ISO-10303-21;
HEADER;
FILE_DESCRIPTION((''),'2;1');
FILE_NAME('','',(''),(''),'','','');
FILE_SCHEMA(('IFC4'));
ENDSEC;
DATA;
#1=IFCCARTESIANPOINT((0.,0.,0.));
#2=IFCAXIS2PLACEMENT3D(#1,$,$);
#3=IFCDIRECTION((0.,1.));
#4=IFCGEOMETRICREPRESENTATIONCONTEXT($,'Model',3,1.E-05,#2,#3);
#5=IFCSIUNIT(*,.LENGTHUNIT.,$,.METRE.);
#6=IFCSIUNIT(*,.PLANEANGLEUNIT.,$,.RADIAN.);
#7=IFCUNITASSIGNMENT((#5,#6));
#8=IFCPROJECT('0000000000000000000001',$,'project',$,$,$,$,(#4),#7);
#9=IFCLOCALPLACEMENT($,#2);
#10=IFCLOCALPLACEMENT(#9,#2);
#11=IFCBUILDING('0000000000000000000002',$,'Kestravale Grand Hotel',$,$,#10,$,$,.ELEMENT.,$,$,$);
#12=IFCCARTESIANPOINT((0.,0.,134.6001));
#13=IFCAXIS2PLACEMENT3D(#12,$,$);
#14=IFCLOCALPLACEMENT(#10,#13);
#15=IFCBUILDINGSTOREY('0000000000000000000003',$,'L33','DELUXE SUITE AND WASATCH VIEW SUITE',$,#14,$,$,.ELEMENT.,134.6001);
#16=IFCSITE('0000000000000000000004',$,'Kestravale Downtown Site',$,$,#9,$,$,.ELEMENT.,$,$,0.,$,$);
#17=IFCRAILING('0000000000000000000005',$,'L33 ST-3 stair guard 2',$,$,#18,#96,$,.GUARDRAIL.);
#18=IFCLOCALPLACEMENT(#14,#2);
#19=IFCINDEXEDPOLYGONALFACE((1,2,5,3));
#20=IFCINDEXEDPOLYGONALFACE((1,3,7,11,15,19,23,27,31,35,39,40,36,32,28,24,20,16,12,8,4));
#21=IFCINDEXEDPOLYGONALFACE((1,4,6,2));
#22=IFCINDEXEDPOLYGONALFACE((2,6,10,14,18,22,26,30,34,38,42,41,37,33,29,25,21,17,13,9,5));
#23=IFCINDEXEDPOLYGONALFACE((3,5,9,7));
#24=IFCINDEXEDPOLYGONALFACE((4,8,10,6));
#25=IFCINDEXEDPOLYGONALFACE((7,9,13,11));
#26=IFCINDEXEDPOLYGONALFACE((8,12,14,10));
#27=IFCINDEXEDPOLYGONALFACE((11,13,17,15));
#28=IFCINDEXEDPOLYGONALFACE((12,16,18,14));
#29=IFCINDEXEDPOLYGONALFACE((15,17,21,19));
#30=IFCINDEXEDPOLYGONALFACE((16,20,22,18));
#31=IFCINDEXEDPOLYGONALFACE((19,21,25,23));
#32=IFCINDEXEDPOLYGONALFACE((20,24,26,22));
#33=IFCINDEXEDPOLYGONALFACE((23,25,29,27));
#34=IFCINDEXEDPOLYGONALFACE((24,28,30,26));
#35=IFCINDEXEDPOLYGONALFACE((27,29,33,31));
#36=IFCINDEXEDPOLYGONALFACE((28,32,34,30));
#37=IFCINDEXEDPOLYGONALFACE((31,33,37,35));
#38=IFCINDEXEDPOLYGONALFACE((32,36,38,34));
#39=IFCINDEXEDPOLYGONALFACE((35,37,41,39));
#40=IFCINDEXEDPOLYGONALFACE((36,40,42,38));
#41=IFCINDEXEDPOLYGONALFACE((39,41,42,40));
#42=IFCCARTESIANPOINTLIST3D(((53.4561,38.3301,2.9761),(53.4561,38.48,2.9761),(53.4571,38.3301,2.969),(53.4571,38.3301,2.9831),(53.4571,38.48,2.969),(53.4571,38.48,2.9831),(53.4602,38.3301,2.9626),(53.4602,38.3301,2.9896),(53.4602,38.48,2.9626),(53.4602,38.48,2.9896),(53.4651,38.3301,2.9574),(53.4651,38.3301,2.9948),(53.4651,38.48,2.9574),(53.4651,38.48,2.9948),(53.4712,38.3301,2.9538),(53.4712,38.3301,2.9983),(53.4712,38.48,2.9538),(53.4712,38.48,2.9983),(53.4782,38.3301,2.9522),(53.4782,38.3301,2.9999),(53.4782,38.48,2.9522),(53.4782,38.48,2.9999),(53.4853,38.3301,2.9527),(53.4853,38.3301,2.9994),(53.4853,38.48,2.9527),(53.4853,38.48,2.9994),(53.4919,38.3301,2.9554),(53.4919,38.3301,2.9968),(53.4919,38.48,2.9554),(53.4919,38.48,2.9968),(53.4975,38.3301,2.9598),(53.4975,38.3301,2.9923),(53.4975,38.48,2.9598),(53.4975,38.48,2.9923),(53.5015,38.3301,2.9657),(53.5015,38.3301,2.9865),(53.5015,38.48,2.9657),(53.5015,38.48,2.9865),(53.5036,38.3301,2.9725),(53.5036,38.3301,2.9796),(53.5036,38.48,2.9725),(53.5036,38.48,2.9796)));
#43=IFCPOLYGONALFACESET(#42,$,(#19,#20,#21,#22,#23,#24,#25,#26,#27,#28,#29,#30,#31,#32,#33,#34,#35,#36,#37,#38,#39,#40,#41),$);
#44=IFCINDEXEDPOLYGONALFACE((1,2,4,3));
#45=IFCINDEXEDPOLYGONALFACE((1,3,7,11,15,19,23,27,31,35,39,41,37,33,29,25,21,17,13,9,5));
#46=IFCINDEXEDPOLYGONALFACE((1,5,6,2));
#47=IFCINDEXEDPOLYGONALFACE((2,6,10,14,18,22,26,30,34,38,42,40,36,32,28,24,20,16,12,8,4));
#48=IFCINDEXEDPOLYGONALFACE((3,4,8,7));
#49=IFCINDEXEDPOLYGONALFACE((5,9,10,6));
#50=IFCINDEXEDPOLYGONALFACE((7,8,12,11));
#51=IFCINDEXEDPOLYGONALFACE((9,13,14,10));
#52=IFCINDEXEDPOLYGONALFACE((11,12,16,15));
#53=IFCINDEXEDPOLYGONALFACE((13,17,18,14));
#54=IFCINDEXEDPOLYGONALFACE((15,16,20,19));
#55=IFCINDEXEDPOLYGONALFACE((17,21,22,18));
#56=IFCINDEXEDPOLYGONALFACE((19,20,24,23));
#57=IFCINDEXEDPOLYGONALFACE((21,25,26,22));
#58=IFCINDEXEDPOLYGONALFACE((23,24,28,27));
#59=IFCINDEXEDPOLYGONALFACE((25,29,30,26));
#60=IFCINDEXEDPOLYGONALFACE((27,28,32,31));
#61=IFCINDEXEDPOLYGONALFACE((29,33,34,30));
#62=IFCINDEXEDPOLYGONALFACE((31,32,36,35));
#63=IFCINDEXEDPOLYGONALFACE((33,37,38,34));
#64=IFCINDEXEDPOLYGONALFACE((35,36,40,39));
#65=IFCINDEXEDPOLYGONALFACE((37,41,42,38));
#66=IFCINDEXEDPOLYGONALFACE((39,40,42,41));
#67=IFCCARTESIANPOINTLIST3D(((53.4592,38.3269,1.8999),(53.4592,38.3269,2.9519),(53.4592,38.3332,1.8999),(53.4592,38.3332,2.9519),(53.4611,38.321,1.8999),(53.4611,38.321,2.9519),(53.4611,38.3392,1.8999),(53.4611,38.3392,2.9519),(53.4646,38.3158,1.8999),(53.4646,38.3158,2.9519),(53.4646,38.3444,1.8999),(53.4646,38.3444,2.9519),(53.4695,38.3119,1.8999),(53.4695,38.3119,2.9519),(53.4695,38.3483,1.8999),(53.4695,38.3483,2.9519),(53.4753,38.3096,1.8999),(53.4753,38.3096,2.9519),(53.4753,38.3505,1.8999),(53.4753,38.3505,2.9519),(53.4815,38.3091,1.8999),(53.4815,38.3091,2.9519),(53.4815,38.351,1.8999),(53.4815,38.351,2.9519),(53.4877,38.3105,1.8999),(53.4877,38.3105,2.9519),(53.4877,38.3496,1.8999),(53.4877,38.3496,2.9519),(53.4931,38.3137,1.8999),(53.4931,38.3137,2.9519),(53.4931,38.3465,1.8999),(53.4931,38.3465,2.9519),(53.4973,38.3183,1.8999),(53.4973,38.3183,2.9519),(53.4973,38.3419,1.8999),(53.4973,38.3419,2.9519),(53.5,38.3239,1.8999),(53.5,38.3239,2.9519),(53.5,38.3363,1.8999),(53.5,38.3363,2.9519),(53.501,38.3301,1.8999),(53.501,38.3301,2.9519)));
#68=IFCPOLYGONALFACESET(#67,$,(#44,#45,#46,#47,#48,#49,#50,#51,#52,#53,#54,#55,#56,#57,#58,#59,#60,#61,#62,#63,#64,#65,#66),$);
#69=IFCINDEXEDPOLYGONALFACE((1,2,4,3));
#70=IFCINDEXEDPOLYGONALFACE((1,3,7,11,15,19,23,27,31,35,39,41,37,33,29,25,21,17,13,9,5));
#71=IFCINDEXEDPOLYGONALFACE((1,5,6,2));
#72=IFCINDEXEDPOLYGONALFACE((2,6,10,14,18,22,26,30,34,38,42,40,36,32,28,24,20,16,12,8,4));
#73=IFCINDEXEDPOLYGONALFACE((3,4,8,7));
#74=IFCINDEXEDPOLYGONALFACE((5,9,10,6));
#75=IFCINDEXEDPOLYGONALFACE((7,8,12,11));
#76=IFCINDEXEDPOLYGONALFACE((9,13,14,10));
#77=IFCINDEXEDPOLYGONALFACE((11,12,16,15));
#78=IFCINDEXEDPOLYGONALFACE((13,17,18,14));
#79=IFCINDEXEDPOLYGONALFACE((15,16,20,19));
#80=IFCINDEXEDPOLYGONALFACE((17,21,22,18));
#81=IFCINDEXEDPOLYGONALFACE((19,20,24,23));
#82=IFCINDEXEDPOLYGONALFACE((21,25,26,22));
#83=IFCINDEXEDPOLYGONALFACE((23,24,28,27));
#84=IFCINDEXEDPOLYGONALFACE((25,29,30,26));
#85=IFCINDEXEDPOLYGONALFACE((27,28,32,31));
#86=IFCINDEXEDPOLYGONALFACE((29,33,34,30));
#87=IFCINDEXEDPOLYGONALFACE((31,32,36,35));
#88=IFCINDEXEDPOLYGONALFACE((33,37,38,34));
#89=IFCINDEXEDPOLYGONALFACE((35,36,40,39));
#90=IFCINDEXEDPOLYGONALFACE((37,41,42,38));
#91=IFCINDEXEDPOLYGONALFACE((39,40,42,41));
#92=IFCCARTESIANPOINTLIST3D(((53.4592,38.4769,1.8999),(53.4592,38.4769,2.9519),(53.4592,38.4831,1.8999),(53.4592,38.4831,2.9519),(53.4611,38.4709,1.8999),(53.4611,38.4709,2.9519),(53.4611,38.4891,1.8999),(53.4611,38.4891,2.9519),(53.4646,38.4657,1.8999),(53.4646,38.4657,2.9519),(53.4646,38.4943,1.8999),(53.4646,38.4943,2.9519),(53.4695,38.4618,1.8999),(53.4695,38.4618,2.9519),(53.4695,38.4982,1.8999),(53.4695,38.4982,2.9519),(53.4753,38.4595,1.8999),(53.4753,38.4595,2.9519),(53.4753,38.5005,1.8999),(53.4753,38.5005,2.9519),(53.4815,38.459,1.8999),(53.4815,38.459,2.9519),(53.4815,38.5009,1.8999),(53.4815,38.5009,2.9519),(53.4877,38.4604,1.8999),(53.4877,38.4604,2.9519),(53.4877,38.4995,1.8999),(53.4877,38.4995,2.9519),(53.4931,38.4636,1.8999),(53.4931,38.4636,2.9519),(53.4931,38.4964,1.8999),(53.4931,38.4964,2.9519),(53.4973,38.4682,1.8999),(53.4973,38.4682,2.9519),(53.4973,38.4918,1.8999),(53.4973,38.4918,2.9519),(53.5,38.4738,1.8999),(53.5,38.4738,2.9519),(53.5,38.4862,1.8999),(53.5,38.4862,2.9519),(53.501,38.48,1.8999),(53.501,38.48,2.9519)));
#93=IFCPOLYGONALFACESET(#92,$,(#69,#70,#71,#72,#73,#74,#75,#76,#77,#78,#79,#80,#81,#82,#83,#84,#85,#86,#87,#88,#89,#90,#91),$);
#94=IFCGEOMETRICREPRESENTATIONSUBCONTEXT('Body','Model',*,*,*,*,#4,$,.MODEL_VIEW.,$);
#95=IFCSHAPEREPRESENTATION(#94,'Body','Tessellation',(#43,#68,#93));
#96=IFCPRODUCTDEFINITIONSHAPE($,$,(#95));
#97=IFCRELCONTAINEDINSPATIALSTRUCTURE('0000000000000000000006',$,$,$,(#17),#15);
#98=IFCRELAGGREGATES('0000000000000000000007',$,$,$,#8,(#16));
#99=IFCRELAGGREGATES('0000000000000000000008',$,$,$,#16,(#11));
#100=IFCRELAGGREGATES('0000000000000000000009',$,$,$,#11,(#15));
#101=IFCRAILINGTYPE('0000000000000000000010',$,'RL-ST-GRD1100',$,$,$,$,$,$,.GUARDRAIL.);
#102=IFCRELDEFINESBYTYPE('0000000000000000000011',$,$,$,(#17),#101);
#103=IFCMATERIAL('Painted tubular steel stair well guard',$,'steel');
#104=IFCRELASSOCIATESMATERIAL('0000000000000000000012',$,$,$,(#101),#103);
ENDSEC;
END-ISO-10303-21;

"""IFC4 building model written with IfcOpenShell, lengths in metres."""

from ifc_helpers import new_model, si_unit, direction, frame, origin, origin_2d, place, context, subcontext, project, spatial, circle, extrude, material, type_object, element, save


model = new_model("IFC4")

# Units and contexts
model_context = context("Model", 3, precision=1e-05, world=origin(), true_north=direction((0.0, 1.0)))
body_context = subcontext(model_context, "Body", "Model", "MODEL_VIEW")
ifc_project = project(units=[si_unit("LENGTHUNIT", "METRE"), si_unit("PLANEANGLEUNIT", "RADIAN")], contexts=[model_context])

# Site, building, storey
site_placement = place(None, origin())
site = spatial("IfcSite", under=ifc_project, at=site_placement, Name="Kestravale Downtown Site", CompositionType="ELEMENT", RefElevation=0.0)
building_placement = place(site_placement, origin())
building = spatial("IfcBuilding", under=site, at=building_placement, Name="Kestravale Grand Hotel", CompositionType="ELEMENT")
storey_placement = place(building_placement, frame((0.0, 0.0, 134.6001)))
storey = spatial("IfcBuildingStorey", under=building, at=storey_placement, Name="L33", Description="DELUXE SUITE AND WASATCH VIEW SUITE", CompositionType="ELEMENT", Elevation=134.6001)

# Railing
ifc_material_1 = material(Name="Painted tubular steel stair well guard", Category="steel")
railing_type_1 = type_object("IfcRailingType", Name="RL-ST-GRD1100", PredefinedType="GUARDRAIL", material=ifc_material_1)
railing_1_placement = place(storey_placement, frame((53.48, 38.3301, 1.8999)))
element("IfcRailing", 1, at=railing_1_placement, inside=storey, type_object=railing_type_1, Name="L33 ST-3 stair guard 2", PredefinedType="GUARDRAIL", context=body_context, shape_type="SweptSolid", body=[
    extrude(circle(Radius=0.0239, at=origin_2d()), frame((0.0, 0.0, 1.0762), z_axis=(0.0, 1.0, 0.0), x_axis=(-1.0, 0.0, 0.0)), (0.0, 0.0, 1.0), 0.1499),
    extrude(circle(Radius=0.021, at=origin_2d()), origin(), (0.0, 0.0, 1.0), 1.052),
    extrude(circle(Radius=0.021, at=origin_2d()), frame((0.0, 0.1499, 0.0)), (0.0, 0.0, 1.0), 1.052),
])

save(model, "model.ifc")
